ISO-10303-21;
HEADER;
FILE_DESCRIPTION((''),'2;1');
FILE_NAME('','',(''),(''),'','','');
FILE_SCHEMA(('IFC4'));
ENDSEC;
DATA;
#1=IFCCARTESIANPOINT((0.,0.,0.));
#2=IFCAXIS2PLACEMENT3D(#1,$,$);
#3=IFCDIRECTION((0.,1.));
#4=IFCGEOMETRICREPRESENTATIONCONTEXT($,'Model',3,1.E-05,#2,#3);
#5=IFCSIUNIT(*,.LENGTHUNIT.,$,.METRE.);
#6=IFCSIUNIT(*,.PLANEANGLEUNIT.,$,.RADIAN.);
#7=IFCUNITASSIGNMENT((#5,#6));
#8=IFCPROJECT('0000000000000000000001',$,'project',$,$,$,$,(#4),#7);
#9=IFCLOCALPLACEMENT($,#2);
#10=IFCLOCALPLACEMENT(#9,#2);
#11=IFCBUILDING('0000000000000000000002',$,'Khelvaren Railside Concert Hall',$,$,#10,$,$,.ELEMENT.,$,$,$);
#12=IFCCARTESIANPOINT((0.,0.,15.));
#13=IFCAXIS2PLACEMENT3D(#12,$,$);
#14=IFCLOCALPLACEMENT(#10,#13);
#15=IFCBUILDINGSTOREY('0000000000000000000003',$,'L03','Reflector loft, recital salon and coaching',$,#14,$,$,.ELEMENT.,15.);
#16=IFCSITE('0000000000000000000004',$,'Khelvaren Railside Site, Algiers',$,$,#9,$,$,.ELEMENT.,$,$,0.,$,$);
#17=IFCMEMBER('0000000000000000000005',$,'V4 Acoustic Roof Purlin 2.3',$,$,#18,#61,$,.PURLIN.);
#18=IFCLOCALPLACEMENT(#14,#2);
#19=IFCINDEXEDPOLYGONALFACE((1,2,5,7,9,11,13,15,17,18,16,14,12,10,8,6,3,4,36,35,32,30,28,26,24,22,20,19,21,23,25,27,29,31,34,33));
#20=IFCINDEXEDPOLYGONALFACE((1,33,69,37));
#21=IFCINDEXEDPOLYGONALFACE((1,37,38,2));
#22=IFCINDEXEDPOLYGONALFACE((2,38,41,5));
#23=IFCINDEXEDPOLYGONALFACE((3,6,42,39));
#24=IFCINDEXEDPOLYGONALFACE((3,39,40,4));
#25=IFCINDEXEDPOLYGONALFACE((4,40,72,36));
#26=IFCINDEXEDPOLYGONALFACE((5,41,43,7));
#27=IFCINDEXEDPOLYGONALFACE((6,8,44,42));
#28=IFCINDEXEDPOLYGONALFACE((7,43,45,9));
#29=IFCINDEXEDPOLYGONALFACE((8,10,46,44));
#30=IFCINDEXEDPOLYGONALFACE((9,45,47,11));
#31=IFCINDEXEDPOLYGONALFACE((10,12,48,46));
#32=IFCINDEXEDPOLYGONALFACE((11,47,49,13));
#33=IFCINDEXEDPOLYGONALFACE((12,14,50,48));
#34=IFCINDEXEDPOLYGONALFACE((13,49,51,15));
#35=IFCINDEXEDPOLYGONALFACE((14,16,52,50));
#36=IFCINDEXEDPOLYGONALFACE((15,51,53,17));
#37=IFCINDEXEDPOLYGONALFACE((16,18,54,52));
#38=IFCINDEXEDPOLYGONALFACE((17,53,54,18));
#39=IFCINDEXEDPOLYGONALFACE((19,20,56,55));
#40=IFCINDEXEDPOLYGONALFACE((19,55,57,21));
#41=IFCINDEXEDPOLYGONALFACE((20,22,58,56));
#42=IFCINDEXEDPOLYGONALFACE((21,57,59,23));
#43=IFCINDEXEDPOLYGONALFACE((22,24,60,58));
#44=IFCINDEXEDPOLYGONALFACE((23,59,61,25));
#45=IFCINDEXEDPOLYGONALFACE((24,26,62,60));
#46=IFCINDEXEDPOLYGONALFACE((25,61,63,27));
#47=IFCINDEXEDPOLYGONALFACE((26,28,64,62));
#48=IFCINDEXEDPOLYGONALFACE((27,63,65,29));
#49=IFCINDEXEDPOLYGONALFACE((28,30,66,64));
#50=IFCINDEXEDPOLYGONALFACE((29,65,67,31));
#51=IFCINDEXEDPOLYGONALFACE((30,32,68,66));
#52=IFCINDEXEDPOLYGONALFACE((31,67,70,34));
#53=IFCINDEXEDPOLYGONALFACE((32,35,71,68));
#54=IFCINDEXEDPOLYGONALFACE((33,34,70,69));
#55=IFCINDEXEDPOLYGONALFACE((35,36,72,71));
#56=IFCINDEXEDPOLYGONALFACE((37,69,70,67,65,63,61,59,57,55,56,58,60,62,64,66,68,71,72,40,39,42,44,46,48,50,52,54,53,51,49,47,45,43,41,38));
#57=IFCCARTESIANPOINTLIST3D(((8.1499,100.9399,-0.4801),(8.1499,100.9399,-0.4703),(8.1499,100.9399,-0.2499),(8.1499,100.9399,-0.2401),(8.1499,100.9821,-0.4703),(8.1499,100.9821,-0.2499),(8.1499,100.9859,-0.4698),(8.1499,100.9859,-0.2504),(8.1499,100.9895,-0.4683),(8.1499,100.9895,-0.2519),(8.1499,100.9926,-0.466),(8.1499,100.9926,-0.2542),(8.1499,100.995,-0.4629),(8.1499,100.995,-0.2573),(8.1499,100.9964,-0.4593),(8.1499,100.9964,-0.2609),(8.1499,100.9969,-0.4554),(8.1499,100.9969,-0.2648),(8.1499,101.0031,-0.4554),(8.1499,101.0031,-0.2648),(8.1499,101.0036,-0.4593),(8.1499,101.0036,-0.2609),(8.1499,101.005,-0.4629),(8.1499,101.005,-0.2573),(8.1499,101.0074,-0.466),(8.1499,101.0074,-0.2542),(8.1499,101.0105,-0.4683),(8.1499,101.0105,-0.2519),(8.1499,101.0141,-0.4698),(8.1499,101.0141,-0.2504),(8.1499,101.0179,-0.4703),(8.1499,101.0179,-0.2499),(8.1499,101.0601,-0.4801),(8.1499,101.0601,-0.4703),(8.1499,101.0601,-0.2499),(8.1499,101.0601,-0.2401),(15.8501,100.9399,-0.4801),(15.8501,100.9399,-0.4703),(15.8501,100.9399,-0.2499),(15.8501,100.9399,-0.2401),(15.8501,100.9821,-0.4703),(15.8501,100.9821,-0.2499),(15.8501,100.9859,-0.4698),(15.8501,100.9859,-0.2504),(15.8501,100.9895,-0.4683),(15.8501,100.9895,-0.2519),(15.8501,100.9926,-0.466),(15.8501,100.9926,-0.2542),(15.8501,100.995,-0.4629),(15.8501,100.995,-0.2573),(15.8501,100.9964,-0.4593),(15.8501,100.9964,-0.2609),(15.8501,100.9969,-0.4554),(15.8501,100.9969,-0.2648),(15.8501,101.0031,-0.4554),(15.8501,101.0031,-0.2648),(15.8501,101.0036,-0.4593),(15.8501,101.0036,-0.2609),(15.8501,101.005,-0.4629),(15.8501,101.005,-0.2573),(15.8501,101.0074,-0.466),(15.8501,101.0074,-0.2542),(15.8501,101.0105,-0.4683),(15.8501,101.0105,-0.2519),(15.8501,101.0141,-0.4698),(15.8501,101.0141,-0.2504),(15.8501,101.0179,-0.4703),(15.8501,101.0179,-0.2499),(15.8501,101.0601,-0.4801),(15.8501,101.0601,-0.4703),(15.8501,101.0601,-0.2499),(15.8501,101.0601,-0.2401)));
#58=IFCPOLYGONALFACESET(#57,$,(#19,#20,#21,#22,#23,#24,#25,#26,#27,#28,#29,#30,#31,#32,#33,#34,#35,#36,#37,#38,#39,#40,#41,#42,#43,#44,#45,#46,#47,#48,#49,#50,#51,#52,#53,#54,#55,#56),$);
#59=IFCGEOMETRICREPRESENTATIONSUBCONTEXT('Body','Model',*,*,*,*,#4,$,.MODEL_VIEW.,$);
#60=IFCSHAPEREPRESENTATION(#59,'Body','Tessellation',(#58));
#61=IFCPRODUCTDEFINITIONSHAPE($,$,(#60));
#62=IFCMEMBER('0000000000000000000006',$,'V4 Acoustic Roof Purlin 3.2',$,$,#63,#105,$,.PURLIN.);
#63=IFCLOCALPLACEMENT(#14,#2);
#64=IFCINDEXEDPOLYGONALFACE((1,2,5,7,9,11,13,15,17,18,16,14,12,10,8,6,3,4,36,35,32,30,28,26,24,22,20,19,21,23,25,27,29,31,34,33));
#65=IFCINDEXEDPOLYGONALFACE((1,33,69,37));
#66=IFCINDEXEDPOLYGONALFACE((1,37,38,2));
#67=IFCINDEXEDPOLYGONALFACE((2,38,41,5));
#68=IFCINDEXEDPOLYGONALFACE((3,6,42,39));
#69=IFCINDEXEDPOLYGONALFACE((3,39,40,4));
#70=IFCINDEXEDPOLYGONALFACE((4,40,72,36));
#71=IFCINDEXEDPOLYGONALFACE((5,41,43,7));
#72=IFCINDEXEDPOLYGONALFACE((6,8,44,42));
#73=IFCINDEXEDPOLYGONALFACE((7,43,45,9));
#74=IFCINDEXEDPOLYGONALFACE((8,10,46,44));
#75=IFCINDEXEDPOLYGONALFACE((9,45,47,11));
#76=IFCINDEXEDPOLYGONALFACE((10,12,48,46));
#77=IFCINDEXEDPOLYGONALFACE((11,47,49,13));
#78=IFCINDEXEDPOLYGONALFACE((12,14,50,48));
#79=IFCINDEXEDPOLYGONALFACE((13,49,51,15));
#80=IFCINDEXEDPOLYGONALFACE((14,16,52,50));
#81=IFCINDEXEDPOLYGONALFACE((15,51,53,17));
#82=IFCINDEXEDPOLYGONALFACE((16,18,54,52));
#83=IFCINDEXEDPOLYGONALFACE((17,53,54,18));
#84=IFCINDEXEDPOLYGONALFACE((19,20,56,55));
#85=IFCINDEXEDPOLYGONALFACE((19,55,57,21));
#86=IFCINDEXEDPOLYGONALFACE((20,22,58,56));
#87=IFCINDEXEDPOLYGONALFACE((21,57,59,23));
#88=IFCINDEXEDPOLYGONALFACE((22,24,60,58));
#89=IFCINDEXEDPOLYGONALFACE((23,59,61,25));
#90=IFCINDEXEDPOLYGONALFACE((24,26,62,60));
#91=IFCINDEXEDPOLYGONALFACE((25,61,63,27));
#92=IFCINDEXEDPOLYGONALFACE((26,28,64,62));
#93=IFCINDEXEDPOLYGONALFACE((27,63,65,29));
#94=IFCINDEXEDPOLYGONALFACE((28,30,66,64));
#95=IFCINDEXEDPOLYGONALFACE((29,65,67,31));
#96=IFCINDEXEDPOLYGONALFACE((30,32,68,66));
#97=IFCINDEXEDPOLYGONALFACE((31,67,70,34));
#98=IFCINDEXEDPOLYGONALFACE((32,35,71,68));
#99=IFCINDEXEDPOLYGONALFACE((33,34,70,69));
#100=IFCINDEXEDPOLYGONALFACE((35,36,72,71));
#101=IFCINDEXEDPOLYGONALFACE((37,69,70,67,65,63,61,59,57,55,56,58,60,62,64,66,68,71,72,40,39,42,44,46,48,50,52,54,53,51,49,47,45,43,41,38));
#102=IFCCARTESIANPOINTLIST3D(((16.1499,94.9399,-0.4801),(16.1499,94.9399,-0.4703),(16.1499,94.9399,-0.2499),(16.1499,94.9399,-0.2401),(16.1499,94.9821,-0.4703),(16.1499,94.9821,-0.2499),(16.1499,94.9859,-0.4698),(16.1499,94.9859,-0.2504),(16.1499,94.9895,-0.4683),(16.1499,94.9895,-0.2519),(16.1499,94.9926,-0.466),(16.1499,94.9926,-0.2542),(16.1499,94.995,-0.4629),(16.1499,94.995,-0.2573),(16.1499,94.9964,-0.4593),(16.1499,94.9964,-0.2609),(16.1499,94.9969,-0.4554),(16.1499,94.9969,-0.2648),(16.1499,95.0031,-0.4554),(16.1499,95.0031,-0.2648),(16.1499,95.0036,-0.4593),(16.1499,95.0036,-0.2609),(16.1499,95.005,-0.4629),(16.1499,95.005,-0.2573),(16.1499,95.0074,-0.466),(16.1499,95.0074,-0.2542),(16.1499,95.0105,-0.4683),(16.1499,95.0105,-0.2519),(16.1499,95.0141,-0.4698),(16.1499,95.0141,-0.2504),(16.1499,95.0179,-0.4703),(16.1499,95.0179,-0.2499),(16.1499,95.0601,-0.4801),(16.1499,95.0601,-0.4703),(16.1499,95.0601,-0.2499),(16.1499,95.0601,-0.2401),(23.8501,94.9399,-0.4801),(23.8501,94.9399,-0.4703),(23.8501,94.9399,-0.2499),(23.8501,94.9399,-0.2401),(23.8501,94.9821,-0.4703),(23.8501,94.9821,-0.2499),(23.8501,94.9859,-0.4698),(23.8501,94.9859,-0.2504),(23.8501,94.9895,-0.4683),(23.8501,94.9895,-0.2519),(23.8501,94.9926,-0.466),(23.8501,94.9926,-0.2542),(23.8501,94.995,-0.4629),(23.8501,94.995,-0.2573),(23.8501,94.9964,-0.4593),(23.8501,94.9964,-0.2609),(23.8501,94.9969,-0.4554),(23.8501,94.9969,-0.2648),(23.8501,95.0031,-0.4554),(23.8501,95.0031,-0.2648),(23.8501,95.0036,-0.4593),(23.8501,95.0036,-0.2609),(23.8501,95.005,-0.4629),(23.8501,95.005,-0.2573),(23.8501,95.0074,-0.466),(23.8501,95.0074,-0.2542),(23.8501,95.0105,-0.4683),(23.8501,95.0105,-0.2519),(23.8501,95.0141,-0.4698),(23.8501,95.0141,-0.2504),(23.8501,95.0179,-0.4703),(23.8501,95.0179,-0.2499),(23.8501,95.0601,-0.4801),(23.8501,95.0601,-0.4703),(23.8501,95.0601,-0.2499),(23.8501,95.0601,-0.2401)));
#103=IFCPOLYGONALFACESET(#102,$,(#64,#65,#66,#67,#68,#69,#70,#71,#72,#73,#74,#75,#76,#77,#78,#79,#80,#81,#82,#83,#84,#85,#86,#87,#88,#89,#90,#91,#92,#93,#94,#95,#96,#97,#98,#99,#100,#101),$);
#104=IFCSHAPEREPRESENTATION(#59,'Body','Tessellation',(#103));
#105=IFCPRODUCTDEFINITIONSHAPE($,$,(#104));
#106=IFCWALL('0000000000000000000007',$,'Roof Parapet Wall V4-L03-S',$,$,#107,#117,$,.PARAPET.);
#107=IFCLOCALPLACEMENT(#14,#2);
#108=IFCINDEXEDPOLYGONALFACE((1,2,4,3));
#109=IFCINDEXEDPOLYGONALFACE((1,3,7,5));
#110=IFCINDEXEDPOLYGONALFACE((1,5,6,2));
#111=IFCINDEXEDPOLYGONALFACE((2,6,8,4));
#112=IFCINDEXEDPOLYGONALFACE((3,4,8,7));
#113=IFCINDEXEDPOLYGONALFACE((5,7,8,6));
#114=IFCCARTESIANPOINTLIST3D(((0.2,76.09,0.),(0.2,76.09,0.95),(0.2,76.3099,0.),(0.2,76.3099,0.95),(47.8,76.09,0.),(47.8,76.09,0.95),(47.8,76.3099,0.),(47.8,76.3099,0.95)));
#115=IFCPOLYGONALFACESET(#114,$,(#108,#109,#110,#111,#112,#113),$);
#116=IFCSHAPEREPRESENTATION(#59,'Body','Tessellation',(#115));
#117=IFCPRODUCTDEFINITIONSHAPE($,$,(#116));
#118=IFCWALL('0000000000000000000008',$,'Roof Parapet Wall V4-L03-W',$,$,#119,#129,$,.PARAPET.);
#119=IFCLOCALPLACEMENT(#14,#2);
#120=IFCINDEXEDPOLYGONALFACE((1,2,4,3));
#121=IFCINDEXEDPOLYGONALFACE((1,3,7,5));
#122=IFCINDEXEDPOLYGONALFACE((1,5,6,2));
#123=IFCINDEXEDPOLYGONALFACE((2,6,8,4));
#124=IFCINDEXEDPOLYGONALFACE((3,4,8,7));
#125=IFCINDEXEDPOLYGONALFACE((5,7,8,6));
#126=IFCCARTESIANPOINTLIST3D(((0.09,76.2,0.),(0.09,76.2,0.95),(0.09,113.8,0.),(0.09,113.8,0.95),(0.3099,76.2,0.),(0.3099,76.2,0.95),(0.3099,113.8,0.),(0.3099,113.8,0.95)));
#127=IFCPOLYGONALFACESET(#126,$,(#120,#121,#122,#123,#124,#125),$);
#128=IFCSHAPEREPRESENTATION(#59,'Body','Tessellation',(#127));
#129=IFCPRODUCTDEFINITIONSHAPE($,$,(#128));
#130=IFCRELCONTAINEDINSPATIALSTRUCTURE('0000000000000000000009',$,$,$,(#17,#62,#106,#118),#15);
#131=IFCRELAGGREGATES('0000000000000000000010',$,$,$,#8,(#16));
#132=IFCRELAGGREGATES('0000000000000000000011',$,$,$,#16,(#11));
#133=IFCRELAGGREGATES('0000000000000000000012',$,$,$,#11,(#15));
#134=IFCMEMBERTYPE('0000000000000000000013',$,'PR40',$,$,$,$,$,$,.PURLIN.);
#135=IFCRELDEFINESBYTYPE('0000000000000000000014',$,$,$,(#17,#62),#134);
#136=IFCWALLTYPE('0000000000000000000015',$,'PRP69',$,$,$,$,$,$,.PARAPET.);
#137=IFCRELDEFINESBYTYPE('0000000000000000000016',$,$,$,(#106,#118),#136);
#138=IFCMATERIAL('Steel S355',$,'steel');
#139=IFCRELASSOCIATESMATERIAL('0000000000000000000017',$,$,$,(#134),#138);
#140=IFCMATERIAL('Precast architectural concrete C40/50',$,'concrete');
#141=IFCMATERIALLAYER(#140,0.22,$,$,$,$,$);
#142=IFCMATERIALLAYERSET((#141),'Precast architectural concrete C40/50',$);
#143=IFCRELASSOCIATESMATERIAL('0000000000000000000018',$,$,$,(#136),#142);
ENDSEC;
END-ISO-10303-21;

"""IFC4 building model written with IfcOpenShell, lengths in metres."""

from ifc_helpers import new_model, si_unit, direction, frame, frame_2d, origin, origin_2d, place, context, subcontext, project, spatial, rectangle, i_section, extrude, material, layer, layer_set, material_profile, profile_set, type_object, element, save


model = new_model("IFC4")

# Units and contexts
model_context = context("Model", 3, precision=1e-05, world=origin(), true_north=direction((0.0, 1.0)))
body_context = subcontext(model_context, "Body", "Model", "MODEL_VIEW")
ifc_project = project(units=[si_unit("LENGTHUNIT", "METRE"), si_unit("PLANEANGLEUNIT", "RADIAN")], contexts=[model_context])

# Site, building, storey
site_placement = place(None, origin())
site = spatial("IfcSite", under=ifc_project, at=site_placement, Name="Khelvaren Railside Site, Algiers", CompositionType="ELEMENT", RefElevation=0.0)
building_placement = place(site_placement, origin())
building = spatial("IfcBuilding", under=site, at=building_placement, Name="Khelvaren Railside Concert Hall", CompositionType="ELEMENT")
storey_placement = place(building_placement, frame((0.0, 0.0, 15.0)))
storey = spatial("IfcBuildingStorey", under=building, at=storey_placement, Name="L03", Description="Reflector loft, recital salon and coaching", CompositionType="ELEMENT", Elevation=15.0)

# Shared definitions
ifc_material_1 = material(Name="Steel S355", Category="steel")

# Members
ifc_material_profile_1 = material_profile(ifc_material_1, i_section(OverallWidth=0.1201, OverallDepth=0.24, WebThickness=0.0061, FlangeThickness=0.0098, FilletRadius=0.0149, at=origin_2d()), Name="IPE 240")
ifc_profile_set_1 = profile_set([ifc_material_profile_1], Name="Steel S355")
member_type_1 = type_object("IfcMemberType", Name="PR40", PredefinedType="PURLIN", material=ifc_profile_set_1)
for number, where, z_axis, x_axis, name in (
    (1, (8.1499, 101.0, -0.3601), (1.0, 0.0, 0.0), (0.0, 1.0, 0.0), "V4 Acoustic Roof Purlin 2.3"),
    (2, (16.1499, 95.0, -0.3601), (1.0, 0.0, 0.0), (0.0, 1.0, 0.0), "V4 Acoustic Roof Purlin 3.2"),
):
    element("IfcMember", number, at=place(storey_placement, frame(where, z_axis=z_axis, x_axis=x_axis)), inside=storey, type_object=member_type_1, Name=name, PredefinedType="PURLIN", context=body_context, shape_type="SweptSolid", body=[
        extrude(i_section(OverallWidth=0.1201, OverallDepth=0.24, WebThickness=0.0061, FlangeThickness=0.0098, FilletRadius=0.0149, at=origin_2d()), origin(), (0.0, 0.0, 1.0), 7.7002),
    ])

# Walls
ifc_material_2 = material(Name="Precast architectural concrete C40/50", Category="concrete")
ifc_layer = layer(ifc_material_2, 0.22)
ifc_layer_set = layer_set([ifc_layer], Name="Precast architectural concrete C40/50")
wall_type = type_object("IfcWallType", Name="PRP69", PredefinedType="PARAPET", material=ifc_layer_set)
wall_1_placement = place(storey_placement, frame((0.2, 76.2, 0.0), z_axis=(0.0, 0.0, 1.0), x_axis=(1.0, 0.0, 0.0)))
element("IfcWall", 3, at=wall_1_placement, inside=storey, type_object=wall_type, Name="Roof Parapet Wall V4-L03-S", PredefinedType="PARAPET", context=body_context, shape_type="SweptSolid", body=[
    extrude(rectangle(XDim=47.6001, YDim=0.22, at=frame_2d((23.8, 0.0))), origin(), (0.0, 0.0, 1.0), 0.95),
])
wall_2_placement = place(storey_placement, frame((0.2, 113.8, 0.0), z_axis=(0.0, 0.0, 1.0), x_axis=(0.0, -1.0, 0.0)))
element("IfcWall", 4, at=wall_2_placement, inside=storey, type_object=wall_type, Name="Roof Parapet Wall V4-L03-W", PredefinedType="PARAPET", context=body_context, shape_type="SweptSolid", body=[
    extrude(rectangle(XDim=37.6001, YDim=0.22, at=frame_2d((18.8, 0.0))), origin(), (0.0, 0.0, 1.0), 0.95),
])

save(model, "model.ifc")
